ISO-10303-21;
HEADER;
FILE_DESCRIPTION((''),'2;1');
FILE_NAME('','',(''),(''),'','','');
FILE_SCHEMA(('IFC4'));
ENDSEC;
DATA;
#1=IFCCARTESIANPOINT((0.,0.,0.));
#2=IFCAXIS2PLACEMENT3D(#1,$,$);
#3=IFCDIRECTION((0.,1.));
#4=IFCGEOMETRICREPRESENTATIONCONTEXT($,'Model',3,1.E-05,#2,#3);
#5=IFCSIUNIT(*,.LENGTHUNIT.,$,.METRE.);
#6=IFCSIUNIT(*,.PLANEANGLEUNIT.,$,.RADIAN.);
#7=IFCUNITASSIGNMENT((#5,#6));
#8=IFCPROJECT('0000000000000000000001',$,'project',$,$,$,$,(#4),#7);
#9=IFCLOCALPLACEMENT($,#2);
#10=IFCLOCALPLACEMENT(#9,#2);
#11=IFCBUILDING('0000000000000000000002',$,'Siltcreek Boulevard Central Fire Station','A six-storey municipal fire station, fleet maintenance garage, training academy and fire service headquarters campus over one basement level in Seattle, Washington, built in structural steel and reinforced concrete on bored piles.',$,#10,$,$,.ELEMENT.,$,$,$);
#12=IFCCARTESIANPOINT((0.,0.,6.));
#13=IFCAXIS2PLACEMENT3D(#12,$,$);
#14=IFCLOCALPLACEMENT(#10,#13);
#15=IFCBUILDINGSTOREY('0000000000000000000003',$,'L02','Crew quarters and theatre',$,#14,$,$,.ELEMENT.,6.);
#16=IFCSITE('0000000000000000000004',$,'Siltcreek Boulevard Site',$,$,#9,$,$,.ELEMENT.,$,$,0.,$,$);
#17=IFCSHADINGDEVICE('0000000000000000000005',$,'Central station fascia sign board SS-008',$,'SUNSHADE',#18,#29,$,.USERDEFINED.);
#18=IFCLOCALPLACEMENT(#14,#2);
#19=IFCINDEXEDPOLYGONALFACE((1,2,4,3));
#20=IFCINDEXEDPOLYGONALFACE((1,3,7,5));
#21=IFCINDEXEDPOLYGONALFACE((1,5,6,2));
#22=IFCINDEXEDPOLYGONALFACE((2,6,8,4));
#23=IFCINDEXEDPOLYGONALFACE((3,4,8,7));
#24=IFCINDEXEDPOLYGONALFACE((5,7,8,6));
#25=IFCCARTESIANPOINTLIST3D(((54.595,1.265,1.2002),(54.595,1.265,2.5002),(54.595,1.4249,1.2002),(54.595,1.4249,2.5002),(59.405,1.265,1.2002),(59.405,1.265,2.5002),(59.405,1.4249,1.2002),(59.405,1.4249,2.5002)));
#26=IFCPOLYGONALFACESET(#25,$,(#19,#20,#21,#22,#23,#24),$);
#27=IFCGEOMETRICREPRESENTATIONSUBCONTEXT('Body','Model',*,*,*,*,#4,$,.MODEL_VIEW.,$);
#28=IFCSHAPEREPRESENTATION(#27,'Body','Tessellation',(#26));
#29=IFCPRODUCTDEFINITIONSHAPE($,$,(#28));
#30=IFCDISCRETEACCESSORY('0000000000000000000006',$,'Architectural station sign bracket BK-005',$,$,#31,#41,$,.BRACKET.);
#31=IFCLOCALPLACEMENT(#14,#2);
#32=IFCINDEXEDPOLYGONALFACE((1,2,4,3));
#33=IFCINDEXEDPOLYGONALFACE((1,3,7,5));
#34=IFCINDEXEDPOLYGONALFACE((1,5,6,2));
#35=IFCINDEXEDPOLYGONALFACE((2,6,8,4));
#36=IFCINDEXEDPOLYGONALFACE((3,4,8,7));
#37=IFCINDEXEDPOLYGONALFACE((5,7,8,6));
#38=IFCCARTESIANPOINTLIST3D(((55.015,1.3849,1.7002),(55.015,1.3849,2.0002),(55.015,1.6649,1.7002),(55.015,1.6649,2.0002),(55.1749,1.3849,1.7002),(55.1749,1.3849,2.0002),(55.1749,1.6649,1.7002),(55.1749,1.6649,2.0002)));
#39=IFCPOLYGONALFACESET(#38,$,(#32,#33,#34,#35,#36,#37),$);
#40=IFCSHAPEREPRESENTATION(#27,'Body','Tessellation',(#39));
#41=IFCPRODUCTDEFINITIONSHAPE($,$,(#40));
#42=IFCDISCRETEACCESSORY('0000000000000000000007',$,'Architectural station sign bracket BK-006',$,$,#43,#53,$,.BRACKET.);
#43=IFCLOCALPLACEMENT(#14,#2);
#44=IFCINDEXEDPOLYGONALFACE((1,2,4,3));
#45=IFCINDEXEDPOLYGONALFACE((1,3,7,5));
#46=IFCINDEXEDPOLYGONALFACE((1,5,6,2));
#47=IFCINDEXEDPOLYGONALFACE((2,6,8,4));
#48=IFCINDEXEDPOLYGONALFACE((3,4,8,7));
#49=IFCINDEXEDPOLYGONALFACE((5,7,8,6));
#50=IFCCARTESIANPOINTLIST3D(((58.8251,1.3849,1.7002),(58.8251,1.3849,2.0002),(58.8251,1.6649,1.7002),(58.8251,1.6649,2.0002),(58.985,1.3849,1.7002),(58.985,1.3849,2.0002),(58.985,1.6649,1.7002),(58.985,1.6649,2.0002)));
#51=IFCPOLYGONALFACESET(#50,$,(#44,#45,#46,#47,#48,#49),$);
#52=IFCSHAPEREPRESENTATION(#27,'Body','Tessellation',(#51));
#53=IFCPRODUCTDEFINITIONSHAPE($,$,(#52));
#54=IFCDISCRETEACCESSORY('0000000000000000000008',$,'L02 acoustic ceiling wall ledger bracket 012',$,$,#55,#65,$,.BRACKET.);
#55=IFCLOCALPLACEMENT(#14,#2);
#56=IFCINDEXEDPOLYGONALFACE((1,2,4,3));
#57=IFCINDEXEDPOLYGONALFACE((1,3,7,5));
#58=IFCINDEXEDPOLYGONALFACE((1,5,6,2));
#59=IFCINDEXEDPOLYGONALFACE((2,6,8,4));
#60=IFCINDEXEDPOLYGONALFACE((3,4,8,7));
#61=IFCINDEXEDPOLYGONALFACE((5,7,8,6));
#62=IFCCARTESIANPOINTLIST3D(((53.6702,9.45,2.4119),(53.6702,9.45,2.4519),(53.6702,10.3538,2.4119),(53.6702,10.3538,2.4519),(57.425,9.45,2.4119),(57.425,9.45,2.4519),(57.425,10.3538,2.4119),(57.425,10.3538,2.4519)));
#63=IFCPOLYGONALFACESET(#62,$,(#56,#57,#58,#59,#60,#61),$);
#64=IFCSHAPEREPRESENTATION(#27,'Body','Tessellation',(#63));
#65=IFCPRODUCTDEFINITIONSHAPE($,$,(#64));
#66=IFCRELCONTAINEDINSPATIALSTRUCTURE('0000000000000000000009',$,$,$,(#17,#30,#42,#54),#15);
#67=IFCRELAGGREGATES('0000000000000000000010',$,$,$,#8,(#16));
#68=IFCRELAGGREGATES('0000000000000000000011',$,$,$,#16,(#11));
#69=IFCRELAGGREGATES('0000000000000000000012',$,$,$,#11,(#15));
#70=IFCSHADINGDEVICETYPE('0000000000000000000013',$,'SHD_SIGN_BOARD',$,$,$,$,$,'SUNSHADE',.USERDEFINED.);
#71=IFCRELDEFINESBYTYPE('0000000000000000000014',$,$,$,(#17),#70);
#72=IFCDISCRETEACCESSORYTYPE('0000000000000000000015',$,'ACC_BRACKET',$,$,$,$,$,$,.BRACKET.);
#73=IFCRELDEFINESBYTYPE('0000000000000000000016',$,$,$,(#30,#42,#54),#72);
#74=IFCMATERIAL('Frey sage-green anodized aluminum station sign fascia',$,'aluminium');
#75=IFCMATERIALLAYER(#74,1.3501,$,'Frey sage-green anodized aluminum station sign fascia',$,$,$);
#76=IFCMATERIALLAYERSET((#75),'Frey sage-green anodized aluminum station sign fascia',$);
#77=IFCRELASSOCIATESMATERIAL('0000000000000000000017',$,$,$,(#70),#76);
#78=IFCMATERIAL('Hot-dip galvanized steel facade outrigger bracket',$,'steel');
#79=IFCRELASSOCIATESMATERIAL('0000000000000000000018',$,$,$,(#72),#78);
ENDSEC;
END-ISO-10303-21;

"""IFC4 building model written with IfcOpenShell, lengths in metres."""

from ifc_helpers import new_model, si_unit, direction, frame, origin, origin_2d, place, context, subcontext, project, spatial, rectangle, extrude, material, layer, layer_set, type_object, element, save


model = new_model("IFC4")

# Units and contexts
model_context = context("Model", 3, precision=1e-05, world=origin(), true_north=direction((0.0, 1.0)))
body_context = subcontext(model_context, "Body", "Model", "MODEL_VIEW")
ifc_project = project(units=[si_unit("LENGTHUNIT", "METRE"), si_unit("PLANEANGLEUNIT", "RADIAN")], contexts=[model_context])

# Site, building, storey
site_placement = place(None, origin())
site = spatial("IfcSite", under=ifc_project, at=site_placement, Name="Siltcreek Boulevard Site", CompositionType="ELEMENT", RefElevation=0.0)
building_placement = place(site_placement, origin())
building = spatial("IfcBuilding", under=site, at=building_placement, Name="Siltcreek Boulevard Central Fire Station", Description="A six-storey municipal fire station, fleet maintenance garage, training academy and fire service headquarters campus over one basement level in Seattle, Washington, built in structural steel and reinforced concrete on bored piles.", CompositionType="ELEMENT")
storey_placement = place(building_placement, frame((0.0, 0.0, 6.0)))
storey = spatial("IfcBuildingStorey", under=building, at=storey_placement, Name="L02", Description="Crew quarters and theatre", CompositionType="ELEMENT", Elevation=6.0)

# Shading device
ifc_material_1 = material(Name="Frey sage-green anodized aluminum station sign fascia", Category="aluminium")
ifc_layer_1 = layer(ifc_material_1, 1.3501, Name="Frey sage-green anodized aluminum station sign fascia")
ifc_layer_set_1 = layer_set([ifc_layer_1], Name="Frey sage-green anodized aluminum station sign fascia")
shading_device_type_1 = type_object("IfcShadingDeviceType", Name="SHD_SIGN_BOARD", ElementType="SUNSHADE", PredefinedType="USERDEFINED", material=ifc_layer_set_1)
shading_device_1_placement = place(storey_placement, frame((57.0, 1.345, 1.2002), z_axis=(0.0, 0.0, 1.0), x_axis=(1.0, 0.0, 0.0)))
element("IfcShadingDevice", 1, at=shading_device_1_placement, inside=storey, type_object=shading_device_type_1, Name="Central station fascia sign board SS-008", ObjectType="SUNSHADE", PredefinedType="USERDEFINED", context=body_context, shape_type="SweptSolid", body=[
    extrude(rectangle(XDim=4.8101, YDim=0.1599, at=origin_2d()), origin(), (0.0, 0.0, 1.0), 1.3),
])

# Discrete accessories
ifc_material_2 = material(Name="Hot-dip galvanized steel facade outrigger bracket", Category="steel")
discrete_accessory_type = type_object("IfcDiscreteAccessoryType", Name="ACC_BRACKET", PredefinedType="BRACKET", material=ifc_material_2)
for number, where, z_axis, x_axis, name in (
    (2, (55.095, 1.5249, 1.7002), (0.0, 0.0, 1.0), (1.0, 0.0, 0.0), "Architectural station sign bracket BK-005"),
    (3, (58.905, 1.5249, 1.7002), (0.0, 0.0, 1.0), (1.0, 0.0, 0.0), "Architectural station sign bracket BK-006"),
):
    element("IfcDiscreteAccessory", number, at=place(storey_placement, frame(where, z_axis=z_axis, x_axis=x_axis)), inside=storey, type_object=discrete_accessory_type, Name=name, PredefinedType="BRACKET", context=body_context, shape_type="SweptSolid", body=[
        extrude(rectangle(XDim=0.1599, YDim=0.28, at=origin_2d()), origin(), (0.0, 0.0, 1.0), 0.3),
    ])
discrete_accessory_placement = place(storey_placement, frame((55.5476, 9.9019, 2.4119), z_axis=(0.0, 0.0, 1.0), x_axis=(1.0, 0.0, 0.0)))
element("IfcDiscreteAccessory", 4, at=discrete_accessory_placement, inside=storey, type_object=discrete_accessory_type, Name="L02 acoustic ceiling wall ledger bracket 012", PredefinedType="BRACKET", context=body_context, shape_type="SweptSolid", body=[
    extrude(rectangle(XDim=3.7549, YDim=0.9038, at=origin_2d()), origin(), (0.0, 0.0, 1.0), 0.04),
])

save(model, "model.ifc")
